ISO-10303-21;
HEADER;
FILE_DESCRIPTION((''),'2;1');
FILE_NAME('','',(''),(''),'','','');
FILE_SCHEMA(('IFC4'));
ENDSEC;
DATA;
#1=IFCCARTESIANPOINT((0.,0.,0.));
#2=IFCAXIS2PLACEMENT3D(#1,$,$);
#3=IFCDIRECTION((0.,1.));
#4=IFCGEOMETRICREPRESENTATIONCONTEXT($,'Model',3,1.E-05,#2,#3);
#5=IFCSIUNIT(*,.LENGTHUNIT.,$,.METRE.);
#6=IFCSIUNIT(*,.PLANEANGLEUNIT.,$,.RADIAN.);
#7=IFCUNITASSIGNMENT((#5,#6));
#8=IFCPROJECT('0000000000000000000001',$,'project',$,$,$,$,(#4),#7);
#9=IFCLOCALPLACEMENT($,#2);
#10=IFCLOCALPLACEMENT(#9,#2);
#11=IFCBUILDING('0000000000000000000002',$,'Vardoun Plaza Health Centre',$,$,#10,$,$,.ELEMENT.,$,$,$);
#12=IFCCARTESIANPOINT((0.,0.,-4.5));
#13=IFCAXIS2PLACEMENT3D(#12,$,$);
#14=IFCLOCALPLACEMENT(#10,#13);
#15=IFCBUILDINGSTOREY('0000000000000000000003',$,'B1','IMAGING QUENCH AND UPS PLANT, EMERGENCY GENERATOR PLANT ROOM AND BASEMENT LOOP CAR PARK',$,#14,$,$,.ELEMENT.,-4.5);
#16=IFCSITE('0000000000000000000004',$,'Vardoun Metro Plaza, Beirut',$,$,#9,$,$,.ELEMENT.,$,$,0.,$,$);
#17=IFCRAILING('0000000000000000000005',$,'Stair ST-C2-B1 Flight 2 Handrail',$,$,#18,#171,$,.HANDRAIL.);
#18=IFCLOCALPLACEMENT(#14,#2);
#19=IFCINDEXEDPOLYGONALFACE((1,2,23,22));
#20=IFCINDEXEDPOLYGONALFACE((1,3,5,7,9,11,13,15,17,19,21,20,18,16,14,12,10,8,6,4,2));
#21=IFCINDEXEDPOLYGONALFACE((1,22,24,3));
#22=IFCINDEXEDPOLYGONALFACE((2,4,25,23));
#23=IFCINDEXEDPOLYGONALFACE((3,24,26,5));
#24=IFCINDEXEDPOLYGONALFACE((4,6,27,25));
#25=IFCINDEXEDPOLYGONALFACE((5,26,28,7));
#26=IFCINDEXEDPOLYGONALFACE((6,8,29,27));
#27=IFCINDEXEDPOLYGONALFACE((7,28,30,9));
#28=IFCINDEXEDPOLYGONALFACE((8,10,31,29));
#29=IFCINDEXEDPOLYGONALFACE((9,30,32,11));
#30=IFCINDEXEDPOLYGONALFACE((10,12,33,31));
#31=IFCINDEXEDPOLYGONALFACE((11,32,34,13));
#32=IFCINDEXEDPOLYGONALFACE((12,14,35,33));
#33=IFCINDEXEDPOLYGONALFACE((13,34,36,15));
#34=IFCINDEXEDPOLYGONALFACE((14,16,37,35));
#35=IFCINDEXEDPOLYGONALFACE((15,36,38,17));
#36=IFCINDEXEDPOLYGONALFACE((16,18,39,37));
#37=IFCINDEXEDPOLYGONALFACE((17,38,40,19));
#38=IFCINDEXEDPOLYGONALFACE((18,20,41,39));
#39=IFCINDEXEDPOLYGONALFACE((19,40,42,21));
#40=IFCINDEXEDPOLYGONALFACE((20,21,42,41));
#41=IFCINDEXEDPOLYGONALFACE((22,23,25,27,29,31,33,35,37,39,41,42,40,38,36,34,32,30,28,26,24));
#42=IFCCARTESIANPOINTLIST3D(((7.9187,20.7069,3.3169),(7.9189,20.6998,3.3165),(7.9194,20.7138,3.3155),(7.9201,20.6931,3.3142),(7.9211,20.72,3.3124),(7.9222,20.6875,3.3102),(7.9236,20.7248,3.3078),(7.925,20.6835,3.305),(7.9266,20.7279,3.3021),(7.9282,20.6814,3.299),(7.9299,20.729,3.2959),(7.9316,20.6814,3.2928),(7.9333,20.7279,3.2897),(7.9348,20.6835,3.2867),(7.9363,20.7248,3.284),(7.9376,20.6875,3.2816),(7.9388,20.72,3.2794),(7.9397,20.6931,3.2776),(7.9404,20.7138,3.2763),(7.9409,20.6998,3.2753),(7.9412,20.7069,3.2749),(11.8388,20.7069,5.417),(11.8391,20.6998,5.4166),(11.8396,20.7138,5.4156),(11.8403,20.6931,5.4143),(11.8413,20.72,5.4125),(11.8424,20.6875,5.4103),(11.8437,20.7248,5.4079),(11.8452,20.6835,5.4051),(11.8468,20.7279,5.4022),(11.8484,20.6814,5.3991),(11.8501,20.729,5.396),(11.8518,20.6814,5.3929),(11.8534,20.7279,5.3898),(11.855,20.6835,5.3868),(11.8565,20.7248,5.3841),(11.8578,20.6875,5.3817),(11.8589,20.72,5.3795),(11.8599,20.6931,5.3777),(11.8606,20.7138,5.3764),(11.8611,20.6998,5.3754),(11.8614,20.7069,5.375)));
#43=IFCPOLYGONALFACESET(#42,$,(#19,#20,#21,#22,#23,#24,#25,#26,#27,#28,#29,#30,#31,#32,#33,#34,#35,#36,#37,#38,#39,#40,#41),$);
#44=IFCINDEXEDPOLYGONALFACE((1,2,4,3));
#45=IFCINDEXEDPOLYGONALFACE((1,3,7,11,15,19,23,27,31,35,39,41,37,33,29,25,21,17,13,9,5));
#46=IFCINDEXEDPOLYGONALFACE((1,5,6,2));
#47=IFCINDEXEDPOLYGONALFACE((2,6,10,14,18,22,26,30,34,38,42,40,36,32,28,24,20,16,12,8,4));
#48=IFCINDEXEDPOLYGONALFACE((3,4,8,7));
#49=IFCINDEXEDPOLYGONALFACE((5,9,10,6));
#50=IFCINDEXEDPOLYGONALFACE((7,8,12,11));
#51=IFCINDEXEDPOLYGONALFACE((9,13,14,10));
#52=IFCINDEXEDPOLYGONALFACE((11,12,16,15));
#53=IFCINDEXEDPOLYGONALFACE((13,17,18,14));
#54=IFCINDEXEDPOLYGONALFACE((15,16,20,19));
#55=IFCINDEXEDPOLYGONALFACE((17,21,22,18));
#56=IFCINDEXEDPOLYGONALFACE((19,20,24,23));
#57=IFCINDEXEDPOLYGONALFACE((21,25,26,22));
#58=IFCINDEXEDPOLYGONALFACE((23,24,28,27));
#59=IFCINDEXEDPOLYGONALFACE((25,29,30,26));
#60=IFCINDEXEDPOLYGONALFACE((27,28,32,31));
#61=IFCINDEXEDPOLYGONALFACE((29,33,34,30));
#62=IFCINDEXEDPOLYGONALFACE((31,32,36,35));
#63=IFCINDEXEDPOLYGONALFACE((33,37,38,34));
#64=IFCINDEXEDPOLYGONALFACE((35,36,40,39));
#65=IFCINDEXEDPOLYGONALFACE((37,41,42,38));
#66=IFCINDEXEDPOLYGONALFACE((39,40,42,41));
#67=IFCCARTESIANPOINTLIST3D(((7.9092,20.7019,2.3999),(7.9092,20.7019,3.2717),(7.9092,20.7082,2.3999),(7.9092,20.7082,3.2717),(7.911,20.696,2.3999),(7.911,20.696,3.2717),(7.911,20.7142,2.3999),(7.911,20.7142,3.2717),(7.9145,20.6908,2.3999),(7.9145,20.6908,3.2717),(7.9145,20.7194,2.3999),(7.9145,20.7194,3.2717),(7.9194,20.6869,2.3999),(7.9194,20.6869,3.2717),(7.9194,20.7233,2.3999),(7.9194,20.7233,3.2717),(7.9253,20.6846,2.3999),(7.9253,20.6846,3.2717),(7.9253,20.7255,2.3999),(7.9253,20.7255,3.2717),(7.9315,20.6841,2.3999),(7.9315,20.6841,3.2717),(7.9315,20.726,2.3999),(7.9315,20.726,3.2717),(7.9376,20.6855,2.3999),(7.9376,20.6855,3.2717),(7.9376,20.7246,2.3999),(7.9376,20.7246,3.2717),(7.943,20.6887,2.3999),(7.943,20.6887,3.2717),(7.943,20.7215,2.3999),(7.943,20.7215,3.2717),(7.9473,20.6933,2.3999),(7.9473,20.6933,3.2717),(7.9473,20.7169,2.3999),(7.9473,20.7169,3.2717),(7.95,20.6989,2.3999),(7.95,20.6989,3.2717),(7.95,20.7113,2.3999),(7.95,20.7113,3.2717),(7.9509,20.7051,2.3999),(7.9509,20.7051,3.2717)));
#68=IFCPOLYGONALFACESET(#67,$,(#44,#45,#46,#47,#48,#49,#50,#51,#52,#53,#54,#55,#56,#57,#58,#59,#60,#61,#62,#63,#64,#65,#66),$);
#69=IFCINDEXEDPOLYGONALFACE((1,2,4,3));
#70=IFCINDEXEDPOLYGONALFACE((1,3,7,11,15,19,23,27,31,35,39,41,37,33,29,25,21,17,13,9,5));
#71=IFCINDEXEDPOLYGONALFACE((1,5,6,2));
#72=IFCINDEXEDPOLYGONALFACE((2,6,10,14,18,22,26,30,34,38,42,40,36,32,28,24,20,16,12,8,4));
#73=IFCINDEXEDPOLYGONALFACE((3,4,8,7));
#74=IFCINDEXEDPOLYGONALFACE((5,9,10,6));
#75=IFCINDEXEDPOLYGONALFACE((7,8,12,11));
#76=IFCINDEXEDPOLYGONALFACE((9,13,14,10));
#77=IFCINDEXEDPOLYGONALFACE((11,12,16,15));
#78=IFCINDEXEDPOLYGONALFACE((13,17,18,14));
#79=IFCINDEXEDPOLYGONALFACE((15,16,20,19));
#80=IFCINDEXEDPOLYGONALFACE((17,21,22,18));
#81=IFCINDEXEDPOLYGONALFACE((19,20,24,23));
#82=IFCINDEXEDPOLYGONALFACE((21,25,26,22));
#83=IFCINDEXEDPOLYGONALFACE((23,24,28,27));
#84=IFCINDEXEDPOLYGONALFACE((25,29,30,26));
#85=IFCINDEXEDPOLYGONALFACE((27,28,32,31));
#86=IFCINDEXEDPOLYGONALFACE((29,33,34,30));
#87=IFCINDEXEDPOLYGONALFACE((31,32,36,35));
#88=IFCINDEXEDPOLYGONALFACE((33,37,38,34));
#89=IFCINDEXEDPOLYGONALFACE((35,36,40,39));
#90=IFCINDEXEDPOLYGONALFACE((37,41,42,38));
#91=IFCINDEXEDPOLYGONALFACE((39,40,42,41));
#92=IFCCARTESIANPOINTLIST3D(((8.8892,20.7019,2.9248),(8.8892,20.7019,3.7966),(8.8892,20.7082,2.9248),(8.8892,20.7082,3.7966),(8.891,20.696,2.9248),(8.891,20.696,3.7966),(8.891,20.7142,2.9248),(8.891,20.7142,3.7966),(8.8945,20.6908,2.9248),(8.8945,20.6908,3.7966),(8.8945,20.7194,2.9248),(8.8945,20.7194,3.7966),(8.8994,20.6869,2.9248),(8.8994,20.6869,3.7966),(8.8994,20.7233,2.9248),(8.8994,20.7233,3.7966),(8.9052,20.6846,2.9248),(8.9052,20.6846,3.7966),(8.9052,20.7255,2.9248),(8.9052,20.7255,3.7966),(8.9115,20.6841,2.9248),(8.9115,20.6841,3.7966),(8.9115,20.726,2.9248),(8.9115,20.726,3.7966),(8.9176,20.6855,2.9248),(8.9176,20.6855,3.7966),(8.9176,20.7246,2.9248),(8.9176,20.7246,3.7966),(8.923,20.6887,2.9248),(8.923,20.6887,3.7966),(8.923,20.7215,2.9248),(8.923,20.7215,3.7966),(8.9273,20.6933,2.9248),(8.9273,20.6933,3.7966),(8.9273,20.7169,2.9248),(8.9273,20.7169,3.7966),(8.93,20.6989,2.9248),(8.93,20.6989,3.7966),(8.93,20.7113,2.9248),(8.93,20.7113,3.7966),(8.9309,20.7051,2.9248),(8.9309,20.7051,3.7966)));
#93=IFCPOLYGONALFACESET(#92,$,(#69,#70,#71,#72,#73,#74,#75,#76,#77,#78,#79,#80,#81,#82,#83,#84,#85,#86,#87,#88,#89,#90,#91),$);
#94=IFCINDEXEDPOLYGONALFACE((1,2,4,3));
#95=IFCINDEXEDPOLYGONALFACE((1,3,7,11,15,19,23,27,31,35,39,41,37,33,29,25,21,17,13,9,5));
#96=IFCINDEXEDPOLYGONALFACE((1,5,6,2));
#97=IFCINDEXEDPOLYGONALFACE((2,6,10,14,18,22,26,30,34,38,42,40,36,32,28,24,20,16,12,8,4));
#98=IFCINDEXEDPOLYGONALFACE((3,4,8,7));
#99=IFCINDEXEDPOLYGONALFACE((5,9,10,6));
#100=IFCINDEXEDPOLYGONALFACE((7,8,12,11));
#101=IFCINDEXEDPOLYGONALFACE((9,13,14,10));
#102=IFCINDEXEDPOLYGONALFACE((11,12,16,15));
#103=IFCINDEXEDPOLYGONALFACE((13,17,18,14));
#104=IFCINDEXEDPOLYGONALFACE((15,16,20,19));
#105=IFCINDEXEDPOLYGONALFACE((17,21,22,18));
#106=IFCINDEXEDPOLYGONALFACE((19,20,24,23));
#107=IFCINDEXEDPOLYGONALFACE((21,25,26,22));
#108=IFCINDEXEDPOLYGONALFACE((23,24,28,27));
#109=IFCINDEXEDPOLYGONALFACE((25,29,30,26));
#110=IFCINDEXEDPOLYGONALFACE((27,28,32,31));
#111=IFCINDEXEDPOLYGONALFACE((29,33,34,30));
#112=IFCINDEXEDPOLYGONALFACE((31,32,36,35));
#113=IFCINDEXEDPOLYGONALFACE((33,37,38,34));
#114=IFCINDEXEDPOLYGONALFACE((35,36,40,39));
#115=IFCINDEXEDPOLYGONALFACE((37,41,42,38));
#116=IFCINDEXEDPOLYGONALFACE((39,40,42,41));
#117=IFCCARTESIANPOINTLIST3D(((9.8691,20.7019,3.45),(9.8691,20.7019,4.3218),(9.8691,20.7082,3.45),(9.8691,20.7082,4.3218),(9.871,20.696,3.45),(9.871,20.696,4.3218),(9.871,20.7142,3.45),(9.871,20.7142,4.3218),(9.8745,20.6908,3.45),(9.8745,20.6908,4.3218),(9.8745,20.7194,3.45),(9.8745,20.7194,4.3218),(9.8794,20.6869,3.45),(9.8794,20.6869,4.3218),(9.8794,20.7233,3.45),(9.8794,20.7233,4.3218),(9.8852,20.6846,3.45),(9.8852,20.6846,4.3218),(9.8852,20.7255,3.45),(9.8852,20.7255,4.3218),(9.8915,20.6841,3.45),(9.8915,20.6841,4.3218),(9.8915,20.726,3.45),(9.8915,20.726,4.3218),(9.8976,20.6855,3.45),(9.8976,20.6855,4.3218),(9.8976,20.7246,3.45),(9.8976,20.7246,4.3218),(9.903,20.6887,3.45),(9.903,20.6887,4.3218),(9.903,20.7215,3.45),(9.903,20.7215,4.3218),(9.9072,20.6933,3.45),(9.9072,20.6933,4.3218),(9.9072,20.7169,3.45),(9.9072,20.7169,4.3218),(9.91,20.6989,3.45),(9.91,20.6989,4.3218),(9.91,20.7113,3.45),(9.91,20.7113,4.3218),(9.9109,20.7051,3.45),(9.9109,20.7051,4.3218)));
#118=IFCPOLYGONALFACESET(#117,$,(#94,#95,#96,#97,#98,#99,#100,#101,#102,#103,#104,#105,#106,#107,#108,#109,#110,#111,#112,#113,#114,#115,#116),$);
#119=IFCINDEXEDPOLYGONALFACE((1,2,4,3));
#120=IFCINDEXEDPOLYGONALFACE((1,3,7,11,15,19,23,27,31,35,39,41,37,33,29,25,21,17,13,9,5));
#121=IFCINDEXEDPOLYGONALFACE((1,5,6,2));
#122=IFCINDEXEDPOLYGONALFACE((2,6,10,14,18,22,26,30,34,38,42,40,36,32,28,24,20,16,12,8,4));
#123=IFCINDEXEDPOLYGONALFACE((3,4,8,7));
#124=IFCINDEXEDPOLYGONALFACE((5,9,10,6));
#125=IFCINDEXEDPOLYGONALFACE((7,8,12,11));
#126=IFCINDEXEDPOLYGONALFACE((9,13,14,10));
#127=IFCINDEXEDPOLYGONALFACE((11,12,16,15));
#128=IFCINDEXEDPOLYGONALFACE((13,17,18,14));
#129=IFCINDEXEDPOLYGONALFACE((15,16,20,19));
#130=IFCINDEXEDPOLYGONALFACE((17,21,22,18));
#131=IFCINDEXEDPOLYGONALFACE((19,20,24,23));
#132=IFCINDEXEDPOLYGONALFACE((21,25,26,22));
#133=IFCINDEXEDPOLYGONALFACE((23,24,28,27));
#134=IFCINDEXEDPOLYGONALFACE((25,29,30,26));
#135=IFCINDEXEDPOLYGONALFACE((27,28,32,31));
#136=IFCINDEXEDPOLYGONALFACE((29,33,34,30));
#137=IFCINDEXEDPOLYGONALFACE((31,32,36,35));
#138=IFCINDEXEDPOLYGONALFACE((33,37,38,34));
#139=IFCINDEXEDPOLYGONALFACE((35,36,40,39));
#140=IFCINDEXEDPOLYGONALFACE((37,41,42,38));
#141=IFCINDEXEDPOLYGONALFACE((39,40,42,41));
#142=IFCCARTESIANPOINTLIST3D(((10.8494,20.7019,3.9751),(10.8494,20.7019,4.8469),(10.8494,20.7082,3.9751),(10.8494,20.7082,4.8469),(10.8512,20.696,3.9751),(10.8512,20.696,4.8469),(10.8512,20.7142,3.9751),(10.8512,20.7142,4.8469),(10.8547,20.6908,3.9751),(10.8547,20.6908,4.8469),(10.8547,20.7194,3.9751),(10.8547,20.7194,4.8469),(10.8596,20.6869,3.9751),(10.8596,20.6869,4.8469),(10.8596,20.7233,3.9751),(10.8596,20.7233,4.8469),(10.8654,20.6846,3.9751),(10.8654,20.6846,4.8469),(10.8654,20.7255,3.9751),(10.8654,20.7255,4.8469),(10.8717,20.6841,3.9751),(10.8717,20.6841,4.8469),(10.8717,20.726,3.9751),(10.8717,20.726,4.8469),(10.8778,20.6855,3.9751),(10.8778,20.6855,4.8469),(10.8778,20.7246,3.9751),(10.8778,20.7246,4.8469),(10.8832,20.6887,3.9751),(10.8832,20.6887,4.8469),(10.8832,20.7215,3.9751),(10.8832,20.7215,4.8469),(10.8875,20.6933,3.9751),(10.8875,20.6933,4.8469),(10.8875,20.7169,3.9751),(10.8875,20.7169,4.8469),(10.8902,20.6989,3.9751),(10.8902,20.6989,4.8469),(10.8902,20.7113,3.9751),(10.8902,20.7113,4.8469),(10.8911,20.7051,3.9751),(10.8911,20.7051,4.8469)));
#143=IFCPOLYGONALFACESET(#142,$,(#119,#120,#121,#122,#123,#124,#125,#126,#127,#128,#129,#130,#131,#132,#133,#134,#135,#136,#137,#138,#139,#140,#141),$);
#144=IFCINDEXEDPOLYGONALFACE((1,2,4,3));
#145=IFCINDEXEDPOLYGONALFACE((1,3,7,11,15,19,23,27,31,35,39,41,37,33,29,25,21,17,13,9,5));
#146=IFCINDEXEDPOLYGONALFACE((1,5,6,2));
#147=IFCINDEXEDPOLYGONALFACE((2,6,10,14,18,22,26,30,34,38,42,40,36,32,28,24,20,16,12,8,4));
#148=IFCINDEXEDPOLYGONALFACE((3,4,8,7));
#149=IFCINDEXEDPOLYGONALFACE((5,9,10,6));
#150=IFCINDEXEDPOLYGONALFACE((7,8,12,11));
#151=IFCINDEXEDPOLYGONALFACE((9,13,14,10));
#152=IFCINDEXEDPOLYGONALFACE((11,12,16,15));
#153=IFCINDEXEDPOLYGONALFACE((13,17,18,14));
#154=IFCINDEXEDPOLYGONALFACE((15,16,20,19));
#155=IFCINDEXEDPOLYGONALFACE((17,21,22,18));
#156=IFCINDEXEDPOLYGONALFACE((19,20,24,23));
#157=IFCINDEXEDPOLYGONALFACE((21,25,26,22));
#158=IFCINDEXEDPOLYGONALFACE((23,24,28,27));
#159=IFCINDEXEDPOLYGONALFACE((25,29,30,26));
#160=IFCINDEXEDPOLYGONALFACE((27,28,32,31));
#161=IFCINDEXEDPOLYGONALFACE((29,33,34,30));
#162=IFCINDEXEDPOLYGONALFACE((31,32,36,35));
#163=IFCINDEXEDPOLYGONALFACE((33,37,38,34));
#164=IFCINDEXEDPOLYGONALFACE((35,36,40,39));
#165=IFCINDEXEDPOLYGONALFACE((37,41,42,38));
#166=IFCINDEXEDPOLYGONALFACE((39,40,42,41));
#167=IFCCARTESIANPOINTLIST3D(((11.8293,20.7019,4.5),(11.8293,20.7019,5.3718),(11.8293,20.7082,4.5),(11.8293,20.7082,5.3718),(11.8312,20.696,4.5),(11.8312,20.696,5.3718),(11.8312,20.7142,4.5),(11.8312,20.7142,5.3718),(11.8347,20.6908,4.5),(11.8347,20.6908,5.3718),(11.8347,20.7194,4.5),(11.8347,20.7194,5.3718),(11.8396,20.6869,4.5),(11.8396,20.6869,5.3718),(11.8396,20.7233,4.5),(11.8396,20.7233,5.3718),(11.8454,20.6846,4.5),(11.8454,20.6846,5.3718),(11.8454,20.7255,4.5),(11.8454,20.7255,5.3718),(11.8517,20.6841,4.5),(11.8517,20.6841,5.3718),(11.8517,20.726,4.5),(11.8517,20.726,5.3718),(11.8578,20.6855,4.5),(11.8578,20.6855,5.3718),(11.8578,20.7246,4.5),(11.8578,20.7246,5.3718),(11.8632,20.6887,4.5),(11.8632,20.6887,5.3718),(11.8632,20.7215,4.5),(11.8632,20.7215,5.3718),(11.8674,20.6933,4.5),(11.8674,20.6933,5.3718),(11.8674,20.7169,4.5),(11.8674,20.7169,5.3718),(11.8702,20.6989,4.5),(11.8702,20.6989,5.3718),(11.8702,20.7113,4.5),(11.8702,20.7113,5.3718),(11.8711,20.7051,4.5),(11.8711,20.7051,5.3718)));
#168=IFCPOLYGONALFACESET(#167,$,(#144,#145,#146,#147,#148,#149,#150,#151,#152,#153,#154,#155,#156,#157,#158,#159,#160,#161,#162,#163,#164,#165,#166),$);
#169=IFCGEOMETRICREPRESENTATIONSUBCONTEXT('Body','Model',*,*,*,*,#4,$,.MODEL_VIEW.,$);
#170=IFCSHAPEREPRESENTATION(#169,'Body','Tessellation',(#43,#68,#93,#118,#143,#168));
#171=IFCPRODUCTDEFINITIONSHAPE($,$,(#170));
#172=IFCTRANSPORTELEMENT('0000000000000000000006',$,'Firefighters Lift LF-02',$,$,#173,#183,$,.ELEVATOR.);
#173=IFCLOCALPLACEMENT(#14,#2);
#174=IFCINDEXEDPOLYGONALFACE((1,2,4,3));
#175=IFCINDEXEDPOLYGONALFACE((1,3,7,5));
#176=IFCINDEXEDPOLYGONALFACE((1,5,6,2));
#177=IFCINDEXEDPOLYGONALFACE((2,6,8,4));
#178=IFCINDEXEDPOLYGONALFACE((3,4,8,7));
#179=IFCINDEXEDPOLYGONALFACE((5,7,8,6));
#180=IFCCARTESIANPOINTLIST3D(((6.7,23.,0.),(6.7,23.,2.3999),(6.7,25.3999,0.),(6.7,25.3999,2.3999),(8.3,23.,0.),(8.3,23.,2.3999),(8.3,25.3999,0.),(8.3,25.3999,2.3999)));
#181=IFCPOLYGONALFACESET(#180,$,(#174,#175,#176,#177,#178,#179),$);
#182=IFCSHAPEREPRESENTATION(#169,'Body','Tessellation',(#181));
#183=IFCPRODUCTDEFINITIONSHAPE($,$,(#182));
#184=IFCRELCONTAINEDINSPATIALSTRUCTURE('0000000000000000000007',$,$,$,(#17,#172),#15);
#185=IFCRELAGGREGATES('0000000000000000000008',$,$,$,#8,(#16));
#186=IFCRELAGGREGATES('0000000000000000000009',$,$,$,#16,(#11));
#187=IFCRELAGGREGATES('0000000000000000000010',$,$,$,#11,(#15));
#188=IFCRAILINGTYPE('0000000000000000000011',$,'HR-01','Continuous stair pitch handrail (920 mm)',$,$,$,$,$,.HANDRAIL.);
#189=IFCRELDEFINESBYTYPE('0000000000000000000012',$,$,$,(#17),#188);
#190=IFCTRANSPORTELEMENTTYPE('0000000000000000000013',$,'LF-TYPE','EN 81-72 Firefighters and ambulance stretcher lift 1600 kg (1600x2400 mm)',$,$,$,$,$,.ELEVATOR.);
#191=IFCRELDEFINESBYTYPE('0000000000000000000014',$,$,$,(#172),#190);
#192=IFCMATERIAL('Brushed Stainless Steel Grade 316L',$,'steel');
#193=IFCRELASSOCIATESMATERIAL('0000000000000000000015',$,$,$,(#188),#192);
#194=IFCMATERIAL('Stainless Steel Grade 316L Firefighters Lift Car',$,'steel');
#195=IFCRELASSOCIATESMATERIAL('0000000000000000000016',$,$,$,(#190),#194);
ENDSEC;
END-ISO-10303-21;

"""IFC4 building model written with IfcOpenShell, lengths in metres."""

from ifc_helpers import new_model, si_unit, direction, frame, origin, origin_2d, place, context, subcontext, project, spatial, rectangle, circle, extrude, material, type_object, element, save


model = new_model("IFC4")

# Units and contexts
model_context = context("Model", 3, precision=1e-05, world=origin(), true_north=direction((0.0, 1.0)))
body_context = subcontext(model_context, "Body", "Model", "MODEL_VIEW")
ifc_project = project(units=[si_unit("LENGTHUNIT", "METRE"), si_unit("PLANEANGLEUNIT", "RADIAN")], contexts=[model_context])

# Site, building, storey
site_placement = place(None, origin())
site = spatial("IfcSite", under=ifc_project, at=site_placement, Name="Vardoun Metro Plaza, Beirut", CompositionType="ELEMENT", RefElevation=0.0)
building_placement = place(site_placement, origin())
building = spatial("IfcBuilding", under=site, at=building_placement, Name="Vardoun Plaza Health Centre", CompositionType="ELEMENT")
storey_placement = place(building_placement, frame((0.0, 0.0, -4.5)))
storey = spatial("IfcBuildingStorey", under=building, at=storey_placement, Name="B1", Description="IMAGING QUENCH AND UPS PLANT, EMERGENCY GENERATOR PLANT ROOM AND BASEMENT LOOP CAR PARK", CompositionType="ELEMENT", Elevation=-4.5)

# Railing
ifc_material_1 = material(Name="Brushed Stainless Steel Grade 316L", Category="steel")
railing_type_1 = type_object("IfcRailingType", Name="HR-01", Description="Continuous stair pitch handrail (920 mm)", PredefinedType="HANDRAIL", material=ifc_material_1)
railing_1_placement = place(storey_placement, frame((7.9299, 20.7051, 2.3999)))
element("IfcRailing", 1, at=railing_1_placement, inside=storey, type_object=railing_type_1, Name="Stair ST-C2-B1 Flight 2 Handrail", PredefinedType="HANDRAIL", context=body_context, shape_type="SweptSolid", body=[
    extrude(circle(Radius=0.0239, at=origin_2d()), frame((0.0, 0.0, 0.896), z_axis=(0.881479, 0.0, 0.472223), x_axis=(0.0, 1.0, 0.0)), (0.0, 0.0, 1.0), 4.4473),
    extrude(circle(Radius=0.021, at=origin_2d()), origin(), (0.0, 0.0, 1.0), 0.8718),
    extrude(circle(Radius=0.021, at=origin_2d()), frame((0.98, 0.0, 0.5249)), (0.0, 0.0, 1.0), 0.8718),
    extrude(circle(Radius=0.021, at=origin_2d()), frame((1.96, 0.0, 1.05)), (0.0, 0.0, 1.0), 0.8718),
    extrude(circle(Radius=0.021, at=origin_2d()), frame((2.9402, 0.0, 1.5752)), (0.0, 0.0, 1.0), 0.8718),
    extrude(circle(Radius=0.021, at=origin_2d()), frame((3.9202, 0.0, 2.1001)), (0.0, 0.0, 1.0), 0.8718),
])

# Transport element
ifc_material_2 = material(Name="Stainless Steel Grade 316L Firefighters Lift Car", Category="steel")
transport_element_type = type_object("IfcTransportElementType", Name="LF-TYPE", Description="EN 81-72 Firefighters and ambulance stretcher lift 1600 kg (1600x2400 mm)", PredefinedType="ELEVATOR", material=ifc_material_2)
transport_element_placement = place(storey_placement, frame((7.5, 24.2, 0.0), z_axis=(0.0, 0.0, 1.0), x_axis=(1.0, 0.0, 0.0)))
element("IfcTransportElement", 2, at=transport_element_placement, inside=storey, type_object=transport_element_type, Name="Firefighters Lift LF-02", PredefinedType="ELEVATOR", context=body_context, shape_type="SweptSolid", body=[
    extrude(rectangle(XDim=1.6001, YDim=2.3999, at=origin_2d()), origin(), (0.0, 0.0, 1.0), 2.3999),
])

save(model, "model.ifc")
